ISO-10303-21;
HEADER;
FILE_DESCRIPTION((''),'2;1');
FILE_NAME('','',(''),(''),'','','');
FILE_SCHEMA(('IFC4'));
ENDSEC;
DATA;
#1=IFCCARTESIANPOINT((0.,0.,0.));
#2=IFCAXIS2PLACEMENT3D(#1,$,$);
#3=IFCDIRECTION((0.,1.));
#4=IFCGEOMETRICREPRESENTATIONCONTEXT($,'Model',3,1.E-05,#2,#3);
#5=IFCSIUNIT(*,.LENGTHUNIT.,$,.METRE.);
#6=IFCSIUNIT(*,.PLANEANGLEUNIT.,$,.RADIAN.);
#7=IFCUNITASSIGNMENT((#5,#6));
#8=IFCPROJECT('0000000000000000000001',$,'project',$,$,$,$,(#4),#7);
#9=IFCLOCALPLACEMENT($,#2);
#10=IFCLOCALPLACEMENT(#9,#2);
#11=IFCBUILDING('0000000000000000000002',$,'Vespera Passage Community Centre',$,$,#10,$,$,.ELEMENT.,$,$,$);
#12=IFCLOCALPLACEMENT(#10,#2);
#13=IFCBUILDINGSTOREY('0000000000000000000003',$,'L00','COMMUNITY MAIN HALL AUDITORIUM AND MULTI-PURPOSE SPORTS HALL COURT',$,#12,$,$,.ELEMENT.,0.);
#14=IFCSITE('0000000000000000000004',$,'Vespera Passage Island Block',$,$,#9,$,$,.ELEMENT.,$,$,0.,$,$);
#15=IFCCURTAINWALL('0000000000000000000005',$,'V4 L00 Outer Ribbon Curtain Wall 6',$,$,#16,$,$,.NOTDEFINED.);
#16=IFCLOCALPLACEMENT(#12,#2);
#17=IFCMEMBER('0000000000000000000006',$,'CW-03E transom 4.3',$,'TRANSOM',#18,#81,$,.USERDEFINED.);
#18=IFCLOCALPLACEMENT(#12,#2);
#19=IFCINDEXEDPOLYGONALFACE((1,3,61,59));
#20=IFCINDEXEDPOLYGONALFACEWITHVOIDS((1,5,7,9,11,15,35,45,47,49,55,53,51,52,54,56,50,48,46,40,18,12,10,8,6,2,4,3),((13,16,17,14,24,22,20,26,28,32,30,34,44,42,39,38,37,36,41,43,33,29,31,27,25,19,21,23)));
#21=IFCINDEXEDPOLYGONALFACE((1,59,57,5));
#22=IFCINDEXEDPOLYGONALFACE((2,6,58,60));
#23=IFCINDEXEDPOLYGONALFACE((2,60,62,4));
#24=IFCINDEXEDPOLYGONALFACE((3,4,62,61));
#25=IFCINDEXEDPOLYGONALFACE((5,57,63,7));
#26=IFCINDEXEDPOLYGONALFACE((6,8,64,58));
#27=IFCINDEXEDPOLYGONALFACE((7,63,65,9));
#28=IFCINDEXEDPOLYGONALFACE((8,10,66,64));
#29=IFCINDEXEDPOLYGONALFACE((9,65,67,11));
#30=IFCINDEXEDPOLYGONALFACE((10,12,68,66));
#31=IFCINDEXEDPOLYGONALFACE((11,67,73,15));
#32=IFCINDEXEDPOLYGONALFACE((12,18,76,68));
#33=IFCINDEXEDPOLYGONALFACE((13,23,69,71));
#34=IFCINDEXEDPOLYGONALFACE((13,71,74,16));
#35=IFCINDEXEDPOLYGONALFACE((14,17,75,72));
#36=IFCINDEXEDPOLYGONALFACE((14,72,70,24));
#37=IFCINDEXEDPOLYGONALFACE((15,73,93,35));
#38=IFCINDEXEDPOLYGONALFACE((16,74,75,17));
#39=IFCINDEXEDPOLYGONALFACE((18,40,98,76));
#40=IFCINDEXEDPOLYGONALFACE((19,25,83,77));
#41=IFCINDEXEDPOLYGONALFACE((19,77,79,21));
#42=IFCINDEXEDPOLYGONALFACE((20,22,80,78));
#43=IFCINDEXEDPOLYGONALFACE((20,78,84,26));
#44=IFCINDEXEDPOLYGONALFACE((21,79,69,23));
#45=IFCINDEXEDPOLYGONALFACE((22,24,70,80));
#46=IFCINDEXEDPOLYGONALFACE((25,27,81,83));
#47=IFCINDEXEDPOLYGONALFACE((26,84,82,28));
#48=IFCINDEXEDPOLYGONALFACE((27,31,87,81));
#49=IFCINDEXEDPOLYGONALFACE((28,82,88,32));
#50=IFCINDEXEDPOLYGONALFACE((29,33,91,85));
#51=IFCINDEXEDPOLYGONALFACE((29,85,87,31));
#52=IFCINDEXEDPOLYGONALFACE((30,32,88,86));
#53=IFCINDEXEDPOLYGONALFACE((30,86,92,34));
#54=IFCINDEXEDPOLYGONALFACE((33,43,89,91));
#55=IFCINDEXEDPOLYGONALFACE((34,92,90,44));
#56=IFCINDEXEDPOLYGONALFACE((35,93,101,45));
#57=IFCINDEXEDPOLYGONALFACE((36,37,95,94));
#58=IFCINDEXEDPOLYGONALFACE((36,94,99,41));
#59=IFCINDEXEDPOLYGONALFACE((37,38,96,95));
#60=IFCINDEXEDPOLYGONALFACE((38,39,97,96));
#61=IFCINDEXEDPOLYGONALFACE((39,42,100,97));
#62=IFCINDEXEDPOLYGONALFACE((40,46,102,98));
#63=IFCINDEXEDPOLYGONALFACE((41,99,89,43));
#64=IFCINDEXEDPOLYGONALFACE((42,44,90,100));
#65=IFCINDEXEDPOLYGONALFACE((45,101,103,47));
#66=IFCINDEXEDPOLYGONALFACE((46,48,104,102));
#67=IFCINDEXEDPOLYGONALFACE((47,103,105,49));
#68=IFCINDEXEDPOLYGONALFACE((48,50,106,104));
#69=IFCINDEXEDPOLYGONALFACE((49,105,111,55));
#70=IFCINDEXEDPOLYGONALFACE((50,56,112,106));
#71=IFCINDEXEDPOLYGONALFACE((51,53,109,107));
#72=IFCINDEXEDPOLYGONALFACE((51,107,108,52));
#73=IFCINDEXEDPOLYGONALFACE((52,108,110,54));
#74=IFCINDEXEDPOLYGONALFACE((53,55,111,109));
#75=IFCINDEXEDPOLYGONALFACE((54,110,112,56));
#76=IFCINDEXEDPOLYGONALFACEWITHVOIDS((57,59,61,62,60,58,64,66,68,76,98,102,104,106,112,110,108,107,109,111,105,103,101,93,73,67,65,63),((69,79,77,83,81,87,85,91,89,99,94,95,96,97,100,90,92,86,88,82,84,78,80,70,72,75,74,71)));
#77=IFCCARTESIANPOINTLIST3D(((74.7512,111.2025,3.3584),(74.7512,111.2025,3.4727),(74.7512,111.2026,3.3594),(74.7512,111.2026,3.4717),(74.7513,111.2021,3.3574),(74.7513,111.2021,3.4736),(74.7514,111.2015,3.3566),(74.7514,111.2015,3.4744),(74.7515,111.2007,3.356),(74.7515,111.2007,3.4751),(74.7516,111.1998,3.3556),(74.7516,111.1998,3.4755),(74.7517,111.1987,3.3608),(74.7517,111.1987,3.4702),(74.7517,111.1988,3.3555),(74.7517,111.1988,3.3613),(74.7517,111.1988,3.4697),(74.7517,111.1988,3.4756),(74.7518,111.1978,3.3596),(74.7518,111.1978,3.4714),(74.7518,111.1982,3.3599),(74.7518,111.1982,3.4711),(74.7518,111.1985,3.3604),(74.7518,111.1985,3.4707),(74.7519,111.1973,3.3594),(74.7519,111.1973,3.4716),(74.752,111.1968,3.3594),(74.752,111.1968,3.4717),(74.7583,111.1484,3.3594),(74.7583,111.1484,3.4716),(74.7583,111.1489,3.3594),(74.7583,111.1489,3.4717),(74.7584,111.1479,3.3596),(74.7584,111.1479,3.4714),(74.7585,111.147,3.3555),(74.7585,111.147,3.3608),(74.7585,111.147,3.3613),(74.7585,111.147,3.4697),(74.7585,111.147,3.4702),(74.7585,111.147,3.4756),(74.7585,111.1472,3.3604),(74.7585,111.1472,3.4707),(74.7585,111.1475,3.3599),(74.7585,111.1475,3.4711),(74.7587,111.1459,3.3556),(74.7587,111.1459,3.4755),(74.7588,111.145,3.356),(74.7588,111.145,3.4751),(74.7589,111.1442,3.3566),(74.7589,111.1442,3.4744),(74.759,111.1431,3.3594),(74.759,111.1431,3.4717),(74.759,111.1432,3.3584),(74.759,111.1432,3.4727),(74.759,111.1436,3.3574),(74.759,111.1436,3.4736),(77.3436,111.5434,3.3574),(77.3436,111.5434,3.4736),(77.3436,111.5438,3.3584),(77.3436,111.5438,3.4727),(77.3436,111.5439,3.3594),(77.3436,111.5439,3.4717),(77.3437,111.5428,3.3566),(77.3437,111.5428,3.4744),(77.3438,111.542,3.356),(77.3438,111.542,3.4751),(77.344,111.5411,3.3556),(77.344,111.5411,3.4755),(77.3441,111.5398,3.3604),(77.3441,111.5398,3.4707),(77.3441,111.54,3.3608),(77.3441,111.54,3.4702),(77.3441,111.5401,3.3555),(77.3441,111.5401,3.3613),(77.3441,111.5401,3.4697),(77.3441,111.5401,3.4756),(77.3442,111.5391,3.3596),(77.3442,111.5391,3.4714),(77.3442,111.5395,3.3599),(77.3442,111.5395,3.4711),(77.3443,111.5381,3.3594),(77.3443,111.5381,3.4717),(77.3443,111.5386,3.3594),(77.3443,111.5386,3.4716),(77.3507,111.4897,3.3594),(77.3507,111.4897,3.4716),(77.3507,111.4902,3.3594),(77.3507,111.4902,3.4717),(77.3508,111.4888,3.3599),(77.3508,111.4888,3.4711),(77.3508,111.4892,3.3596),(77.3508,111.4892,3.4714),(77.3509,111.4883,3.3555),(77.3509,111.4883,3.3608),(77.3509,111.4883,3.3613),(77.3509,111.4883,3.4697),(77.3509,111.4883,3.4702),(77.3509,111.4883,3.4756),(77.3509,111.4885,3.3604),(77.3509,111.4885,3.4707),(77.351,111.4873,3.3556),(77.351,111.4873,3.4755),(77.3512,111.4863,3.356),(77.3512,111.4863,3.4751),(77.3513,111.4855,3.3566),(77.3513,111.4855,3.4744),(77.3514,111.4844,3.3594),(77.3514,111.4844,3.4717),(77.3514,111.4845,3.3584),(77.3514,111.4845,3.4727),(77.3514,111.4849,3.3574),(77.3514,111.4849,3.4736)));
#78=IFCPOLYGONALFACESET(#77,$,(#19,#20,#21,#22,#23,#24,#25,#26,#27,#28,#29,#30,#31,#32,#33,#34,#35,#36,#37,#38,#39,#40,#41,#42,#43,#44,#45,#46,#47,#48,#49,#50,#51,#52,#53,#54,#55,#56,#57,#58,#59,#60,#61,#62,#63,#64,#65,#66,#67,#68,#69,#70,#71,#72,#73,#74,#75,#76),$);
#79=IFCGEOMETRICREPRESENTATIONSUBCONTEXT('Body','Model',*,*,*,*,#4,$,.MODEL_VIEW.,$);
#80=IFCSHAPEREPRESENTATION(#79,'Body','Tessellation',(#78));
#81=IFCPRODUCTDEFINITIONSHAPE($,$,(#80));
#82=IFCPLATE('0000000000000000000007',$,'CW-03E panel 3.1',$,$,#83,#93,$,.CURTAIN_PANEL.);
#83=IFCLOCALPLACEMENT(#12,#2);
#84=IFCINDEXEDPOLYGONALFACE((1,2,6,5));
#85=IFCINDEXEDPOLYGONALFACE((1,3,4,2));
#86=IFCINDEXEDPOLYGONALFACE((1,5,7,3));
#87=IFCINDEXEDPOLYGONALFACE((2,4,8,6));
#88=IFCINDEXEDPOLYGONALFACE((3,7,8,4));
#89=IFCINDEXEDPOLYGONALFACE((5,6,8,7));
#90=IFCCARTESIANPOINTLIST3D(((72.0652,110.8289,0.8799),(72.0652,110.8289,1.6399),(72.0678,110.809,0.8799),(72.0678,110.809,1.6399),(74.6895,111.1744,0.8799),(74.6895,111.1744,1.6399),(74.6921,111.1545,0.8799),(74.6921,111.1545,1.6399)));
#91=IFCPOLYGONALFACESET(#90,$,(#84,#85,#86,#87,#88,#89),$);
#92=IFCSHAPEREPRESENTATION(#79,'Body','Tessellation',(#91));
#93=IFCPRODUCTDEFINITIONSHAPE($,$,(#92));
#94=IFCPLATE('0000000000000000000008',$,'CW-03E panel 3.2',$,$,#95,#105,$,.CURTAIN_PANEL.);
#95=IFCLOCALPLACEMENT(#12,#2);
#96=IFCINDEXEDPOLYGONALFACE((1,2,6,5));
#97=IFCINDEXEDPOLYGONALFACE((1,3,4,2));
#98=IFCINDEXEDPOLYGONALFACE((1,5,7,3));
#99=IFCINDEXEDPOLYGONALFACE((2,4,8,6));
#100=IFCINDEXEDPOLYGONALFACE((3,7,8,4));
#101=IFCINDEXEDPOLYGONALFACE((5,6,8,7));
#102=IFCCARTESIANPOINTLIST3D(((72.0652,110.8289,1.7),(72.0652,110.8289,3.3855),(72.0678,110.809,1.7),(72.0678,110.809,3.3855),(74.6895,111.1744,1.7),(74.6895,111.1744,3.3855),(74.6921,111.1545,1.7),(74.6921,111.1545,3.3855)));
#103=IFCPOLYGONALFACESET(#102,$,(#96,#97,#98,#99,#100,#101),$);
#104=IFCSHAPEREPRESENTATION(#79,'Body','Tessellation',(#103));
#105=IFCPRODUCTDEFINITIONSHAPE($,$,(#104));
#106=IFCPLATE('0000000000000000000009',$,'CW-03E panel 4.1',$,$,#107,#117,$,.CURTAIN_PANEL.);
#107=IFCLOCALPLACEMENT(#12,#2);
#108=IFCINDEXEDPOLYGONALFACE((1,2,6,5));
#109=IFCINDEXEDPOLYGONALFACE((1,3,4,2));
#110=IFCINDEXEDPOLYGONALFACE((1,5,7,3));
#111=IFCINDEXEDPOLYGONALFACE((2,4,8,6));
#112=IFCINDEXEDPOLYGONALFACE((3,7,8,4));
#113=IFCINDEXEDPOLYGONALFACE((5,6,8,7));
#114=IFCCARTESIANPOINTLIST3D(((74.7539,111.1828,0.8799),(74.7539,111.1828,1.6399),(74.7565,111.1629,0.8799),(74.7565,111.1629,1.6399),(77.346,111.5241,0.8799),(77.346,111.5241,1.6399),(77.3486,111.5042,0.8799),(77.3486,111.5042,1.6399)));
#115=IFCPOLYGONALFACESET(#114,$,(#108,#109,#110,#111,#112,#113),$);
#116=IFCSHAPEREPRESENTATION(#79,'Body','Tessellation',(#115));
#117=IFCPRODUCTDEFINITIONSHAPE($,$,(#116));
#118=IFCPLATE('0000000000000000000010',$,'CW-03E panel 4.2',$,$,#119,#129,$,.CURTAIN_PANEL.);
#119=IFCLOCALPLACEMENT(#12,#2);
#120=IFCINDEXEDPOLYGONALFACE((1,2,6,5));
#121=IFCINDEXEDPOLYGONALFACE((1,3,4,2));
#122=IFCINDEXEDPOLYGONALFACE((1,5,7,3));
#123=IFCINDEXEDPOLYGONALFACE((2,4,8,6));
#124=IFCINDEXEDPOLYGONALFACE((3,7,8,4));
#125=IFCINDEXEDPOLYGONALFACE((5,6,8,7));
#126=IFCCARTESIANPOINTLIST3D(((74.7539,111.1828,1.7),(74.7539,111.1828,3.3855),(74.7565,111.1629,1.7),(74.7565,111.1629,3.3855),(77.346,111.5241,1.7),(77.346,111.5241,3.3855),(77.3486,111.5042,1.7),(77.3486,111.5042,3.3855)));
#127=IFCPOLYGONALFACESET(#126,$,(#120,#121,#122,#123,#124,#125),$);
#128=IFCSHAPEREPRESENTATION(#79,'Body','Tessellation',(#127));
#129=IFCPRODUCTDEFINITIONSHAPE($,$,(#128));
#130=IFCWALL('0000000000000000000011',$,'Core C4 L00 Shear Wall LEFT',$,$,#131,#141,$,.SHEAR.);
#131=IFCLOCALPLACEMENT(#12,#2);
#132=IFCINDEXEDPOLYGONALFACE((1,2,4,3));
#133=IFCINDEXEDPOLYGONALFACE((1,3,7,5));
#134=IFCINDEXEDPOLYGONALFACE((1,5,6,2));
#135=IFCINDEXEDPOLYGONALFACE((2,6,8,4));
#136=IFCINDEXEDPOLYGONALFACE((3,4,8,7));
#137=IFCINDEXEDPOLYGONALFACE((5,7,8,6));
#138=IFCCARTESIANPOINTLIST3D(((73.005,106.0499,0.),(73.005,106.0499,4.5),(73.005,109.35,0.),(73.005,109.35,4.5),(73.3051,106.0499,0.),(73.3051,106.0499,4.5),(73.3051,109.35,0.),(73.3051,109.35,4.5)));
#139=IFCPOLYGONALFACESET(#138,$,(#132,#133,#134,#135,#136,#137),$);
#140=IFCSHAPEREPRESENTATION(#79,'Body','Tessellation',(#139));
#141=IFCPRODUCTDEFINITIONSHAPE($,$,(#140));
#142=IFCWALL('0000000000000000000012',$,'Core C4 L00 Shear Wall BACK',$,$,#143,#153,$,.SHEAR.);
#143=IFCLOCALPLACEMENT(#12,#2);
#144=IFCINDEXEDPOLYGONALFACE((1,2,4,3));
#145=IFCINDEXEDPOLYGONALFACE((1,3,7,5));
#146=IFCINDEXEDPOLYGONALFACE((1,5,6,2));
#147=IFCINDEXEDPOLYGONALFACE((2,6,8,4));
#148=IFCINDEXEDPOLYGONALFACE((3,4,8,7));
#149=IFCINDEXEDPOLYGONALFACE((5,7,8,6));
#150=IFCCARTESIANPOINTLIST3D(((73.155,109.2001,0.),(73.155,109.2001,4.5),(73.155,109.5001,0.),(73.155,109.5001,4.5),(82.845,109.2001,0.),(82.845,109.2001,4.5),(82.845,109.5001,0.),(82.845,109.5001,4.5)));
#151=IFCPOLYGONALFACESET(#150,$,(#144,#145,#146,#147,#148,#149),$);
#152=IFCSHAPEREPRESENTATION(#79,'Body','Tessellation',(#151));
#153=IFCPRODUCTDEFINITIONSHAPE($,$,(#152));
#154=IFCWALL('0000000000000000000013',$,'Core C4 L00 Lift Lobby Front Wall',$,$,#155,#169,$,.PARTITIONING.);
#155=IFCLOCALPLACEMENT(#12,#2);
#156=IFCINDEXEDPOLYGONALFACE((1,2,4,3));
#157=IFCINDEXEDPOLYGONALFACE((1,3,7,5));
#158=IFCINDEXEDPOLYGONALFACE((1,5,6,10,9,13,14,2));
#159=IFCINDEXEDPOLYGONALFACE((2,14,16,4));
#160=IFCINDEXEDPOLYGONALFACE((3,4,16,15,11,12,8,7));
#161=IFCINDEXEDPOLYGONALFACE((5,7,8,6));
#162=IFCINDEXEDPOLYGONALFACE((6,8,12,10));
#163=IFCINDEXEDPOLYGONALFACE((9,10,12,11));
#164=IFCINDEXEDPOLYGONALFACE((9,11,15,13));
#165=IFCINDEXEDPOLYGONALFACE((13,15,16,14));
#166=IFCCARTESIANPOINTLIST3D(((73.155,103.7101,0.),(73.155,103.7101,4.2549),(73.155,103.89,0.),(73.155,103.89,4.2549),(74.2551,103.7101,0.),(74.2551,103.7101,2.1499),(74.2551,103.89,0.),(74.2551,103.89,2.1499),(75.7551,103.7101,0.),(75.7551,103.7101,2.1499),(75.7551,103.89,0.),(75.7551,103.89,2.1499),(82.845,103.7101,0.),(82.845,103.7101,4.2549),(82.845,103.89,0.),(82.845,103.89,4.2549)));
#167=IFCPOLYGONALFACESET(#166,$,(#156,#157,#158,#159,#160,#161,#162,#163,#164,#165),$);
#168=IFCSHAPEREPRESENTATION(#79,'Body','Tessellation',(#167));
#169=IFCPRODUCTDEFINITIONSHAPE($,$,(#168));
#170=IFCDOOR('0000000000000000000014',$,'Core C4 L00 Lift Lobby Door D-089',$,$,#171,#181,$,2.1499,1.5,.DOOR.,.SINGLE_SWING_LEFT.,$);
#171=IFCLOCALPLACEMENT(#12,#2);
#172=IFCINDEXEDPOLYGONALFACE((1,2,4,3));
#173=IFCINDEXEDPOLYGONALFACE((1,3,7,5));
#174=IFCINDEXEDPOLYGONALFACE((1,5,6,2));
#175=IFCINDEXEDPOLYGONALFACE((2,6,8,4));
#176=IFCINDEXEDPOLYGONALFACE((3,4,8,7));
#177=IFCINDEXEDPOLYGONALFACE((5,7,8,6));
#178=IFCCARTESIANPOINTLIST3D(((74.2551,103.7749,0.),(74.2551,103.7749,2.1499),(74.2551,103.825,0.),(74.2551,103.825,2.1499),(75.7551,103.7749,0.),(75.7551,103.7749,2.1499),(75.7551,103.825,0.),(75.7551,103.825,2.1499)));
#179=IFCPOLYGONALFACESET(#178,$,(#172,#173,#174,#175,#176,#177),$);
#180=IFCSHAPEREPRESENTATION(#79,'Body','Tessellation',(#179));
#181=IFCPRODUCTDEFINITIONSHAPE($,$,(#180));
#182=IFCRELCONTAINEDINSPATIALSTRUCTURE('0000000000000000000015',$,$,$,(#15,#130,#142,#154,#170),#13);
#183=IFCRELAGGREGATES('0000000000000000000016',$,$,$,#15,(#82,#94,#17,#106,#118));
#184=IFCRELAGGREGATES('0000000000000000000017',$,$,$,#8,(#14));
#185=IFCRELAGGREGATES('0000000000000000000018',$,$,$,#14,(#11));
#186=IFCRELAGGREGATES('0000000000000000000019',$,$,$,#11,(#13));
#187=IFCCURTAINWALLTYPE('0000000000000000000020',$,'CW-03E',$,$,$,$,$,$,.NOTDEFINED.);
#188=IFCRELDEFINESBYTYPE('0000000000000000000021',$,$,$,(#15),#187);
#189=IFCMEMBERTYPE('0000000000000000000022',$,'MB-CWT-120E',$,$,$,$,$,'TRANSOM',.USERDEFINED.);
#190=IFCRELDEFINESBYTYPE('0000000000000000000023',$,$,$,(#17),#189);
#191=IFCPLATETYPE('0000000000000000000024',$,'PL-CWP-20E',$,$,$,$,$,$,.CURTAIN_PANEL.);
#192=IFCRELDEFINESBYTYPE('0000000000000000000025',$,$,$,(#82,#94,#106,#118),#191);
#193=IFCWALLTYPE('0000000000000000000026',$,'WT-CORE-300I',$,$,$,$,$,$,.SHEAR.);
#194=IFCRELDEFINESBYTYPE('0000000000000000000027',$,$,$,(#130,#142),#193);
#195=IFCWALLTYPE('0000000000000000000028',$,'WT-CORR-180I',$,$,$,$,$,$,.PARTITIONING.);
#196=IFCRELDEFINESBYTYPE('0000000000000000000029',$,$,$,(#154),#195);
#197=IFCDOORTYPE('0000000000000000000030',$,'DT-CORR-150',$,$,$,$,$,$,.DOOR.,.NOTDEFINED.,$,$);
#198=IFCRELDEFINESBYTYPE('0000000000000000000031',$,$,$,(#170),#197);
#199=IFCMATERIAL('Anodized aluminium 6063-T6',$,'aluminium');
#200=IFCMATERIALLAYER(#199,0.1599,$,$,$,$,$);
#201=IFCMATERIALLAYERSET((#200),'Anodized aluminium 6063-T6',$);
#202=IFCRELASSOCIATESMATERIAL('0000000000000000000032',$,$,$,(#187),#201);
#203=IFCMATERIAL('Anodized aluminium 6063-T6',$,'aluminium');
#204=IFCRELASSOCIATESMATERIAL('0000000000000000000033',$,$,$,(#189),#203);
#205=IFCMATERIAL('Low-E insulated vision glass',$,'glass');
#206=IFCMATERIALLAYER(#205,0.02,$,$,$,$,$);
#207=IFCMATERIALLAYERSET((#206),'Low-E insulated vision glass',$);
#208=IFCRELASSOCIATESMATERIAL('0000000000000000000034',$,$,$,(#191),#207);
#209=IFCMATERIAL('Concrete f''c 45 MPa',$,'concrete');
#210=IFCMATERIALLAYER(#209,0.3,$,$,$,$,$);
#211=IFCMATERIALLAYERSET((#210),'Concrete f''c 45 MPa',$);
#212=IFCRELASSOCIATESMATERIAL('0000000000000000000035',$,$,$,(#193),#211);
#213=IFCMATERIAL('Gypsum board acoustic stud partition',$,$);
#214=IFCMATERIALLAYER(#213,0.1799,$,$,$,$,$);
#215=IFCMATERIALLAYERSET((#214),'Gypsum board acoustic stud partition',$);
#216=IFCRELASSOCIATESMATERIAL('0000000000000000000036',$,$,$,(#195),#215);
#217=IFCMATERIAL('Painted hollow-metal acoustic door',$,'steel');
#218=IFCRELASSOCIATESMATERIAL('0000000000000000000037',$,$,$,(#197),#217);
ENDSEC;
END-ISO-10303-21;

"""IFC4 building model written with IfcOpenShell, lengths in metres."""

from ifc_helpers import new_model, si_unit, direction, frame, frame_2d, origin, origin_2d, place, context, subcontext, project, spatial, rectangle, hollow_rectangle, extrude, material, layer, layer_set, material_profile, profile_set, type_object, element, fill, aggregate, save


model = new_model("IFC4")

# Units and contexts
model_context = context("Model", 3, precision=1e-05, world=origin(), true_north=direction((0.0, 1.0)))
body_context = subcontext(model_context, "Body", "Model", "MODEL_VIEW")
ifc_project = project(units=[si_unit("LENGTHUNIT", "METRE"), si_unit("PLANEANGLEUNIT", "RADIAN")], contexts=[model_context])

# Site, building, storey
site_placement = place(None, origin())
site = spatial("IfcSite", under=ifc_project, at=site_placement, Name="Vespera Passage Island Block", CompositionType="ELEMENT", RefElevation=0.0)
building_placement = place(site_placement, origin())
building = spatial("IfcBuilding", under=site, at=building_placement, Name="Vespera Passage Community Centre", CompositionType="ELEMENT")
storey_placement = place(building_placement, origin())
storey = spatial("IfcBuildingStorey", under=building, at=storey_placement, Name="L00", Description="COMMUNITY MAIN HALL AUDITORIUM AND MULTI-PURPOSE SPORTS HALL COURT", CompositionType="ELEMENT", Elevation=0.0)

# Curtain wall, member, plates
ifc_material_1 = material(Name="Anodized aluminium 6063-T6", Category="aluminium")
ifc_layer_1 = layer(ifc_material_1, 0.1599)
ifc_layer_set_1 = layer_set([ifc_layer_1], Name="Anodized aluminium 6063-T6")
curtain_wall_type = type_object("IfcCurtainWallType", Name="CW-03E", PredefinedType="NOTDEFINED", material=ifc_layer_set_1)
curtain_wall_placement = place(storey_placement, origin())
curtain_wall = element("IfcCurtainWall", 1, at=curtain_wall_placement, inside=storey, type_object=curtain_wall_type, Name="V4 L00 Outer Ribbon Curtain Wall 6", PredefinedType="NOTDEFINED")
ifc_material_2 = material(Name="Anodized aluminium 6063-T6", Category="aluminium")
ifc_material_profile_1 = material_profile(ifc_material_2, hollow_rectangle(XDim=0.0601, YDim=0.1201, WallThickness=0.0039, InnerFilletRadius=0.002, OuterFilletRadius=0.0039, at=origin_2d()), Name="ALU120X60X4")
ifc_profile_set_1 = profile_set([ifc_material_profile_1], Name="Anodized aluminium 6063-T6")
member_type_1 = type_object("IfcMemberType", Name="MB-CWT-120E", ElementType="TRANSOM", PredefinedType="USERDEFINED", material=ifc_profile_set_1)
member_1_placement = place(storey_placement, frame((74.7551, 111.1729, 3.4155), z_axis=(0.991443, 0.130537, 0.0), x_axis=(-0.130537, 0.991443, 0.0)))
member_1 = element("IfcMember", 2, at=member_1_placement, type_object=member_type_1, Name="CW-03E transom 4.3", ObjectType="TRANSOM", PredefinedType="USERDEFINED", context=body_context, shape_type="SweptSolid", body=[
    extrude(hollow_rectangle(XDim=0.0601, YDim=0.1201, WallThickness=0.0039, InnerFilletRadius=0.002, OuterFilletRadius=0.0039, at=origin_2d()), origin(), (0.0, 0.0, 1.0), 2.6147),
])
ifc_material_3 = material(Name="Low-E insulated vision glass", Category="glass")
ifc_layer_2 = layer(ifc_material_3, 0.02)
ifc_layer_set_2 = layer_set([ifc_layer_2], Name="Low-E insulated vision glass")
plate_type = type_object("IfcPlateType", Name="PL-CWP-20E", PredefinedType="CURTAIN_PANEL", material=ifc_layer_set_2)
plate_1_placement = place(storey_placement, frame((73.3787, 110.9917, 0.8799), z_axis=(0.0, 0.0, 1.0), x_axis=(0.991444, 0.130531, 0.0)))
plate_1 = element("IfcPlate", 3, at=plate_1_placement, type_object=plate_type, Name="CW-03E panel 3.1", PredefinedType="CURTAIN_PANEL", context=body_context, shape_type="SweptSolid", body=[
    extrude(rectangle(XDim=2.647, YDim=0.02, at=origin_2d()), origin(), (0.0, 0.0, 1.0), 0.76),
])
plate_2_placement = place(storey_placement, frame((73.3787, 110.9917, 1.7), z_axis=(0.0, 0.0, 1.0), x_axis=(0.991444, 0.130531, 0.0)))
plate_2 = element("IfcPlate", 4, at=plate_2_placement, type_object=plate_type, Name="CW-03E panel 3.2", PredefinedType="CURTAIN_PANEL", context=body_context, shape_type="SweptSolid", body=[
    extrude(rectangle(XDim=2.647, YDim=0.02, at=origin_2d()), origin(), (0.0, 0.0, 1.0), 1.6855),
])
plate_3_placement = place(storey_placement, frame((76.0513, 111.3435, 0.8799), z_axis=(0.0, 0.0, 1.0), x_axis=(0.991444, 0.130531, 0.0)))
plate_3 = element("IfcPlate", 5, at=plate_3_placement, type_object=plate_type, Name="CW-03E panel 4.1", PredefinedType="CURTAIN_PANEL", context=body_context, shape_type="SweptSolid", body=[
    extrude(rectangle(XDim=2.6145, YDim=0.02, at=origin_2d()), origin(), (0.0, 0.0, 1.0), 0.76),
])
plate_4_placement = place(storey_placement, frame((76.0513, 111.3435, 1.7), z_axis=(0.0, 0.0, 1.0), x_axis=(0.991444, 0.130531, 0.0)))
plate_4 = element("IfcPlate", 6, at=plate_4_placement, type_object=plate_type, Name="CW-03E panel 4.2", PredefinedType="CURTAIN_PANEL", context=body_context, shape_type="SweptSolid", body=[
    extrude(rectangle(XDim=2.6145, YDim=0.02, at=origin_2d()), origin(), (0.0, 0.0, 1.0), 1.6855),
])
aggregate(curtain_wall, [plate_1, plate_2, member_1, plate_3, plate_4])

# Walls
ifc_material_4 = material(Name="Concrete f'c 45 MPa", Category="concrete")
ifc_layer_3 = layer(ifc_material_4, 0.3)
ifc_layer_set_3 = layer_set([ifc_layer_3], Name="Concrete f'c 45 MPa")
wall_type_1 = type_object("IfcWallType", Name="WT-CORE-300I", PredefinedType="SHEAR", material=ifc_layer_set_3)
wall_1_placement = place(storey_placement, frame((73.155, 106.05, 0.0), z_axis=(0.0, 0.0, 1.0), x_axis=(0.0, 1.0, 0.0)))
element("IfcWall", 7, at=wall_1_placement, inside=storey, type_object=wall_type_1, Name="Core C4 L00 Shear Wall LEFT", PredefinedType="SHEAR", context=body_context, shape_type="SweptSolid", body=[
    extrude(rectangle(XDim=3.3, YDim=0.3, at=frame_2d((1.6499, 0.0))), origin(), (0.0, 0.0, 1.0), 4.5),
])
wall_2_placement = place(storey_placement, frame((73.155, 109.3501, 0.0), z_axis=(0.0, 0.0, 1.0), x_axis=(1.0, 0.0, 0.0)))
element("IfcWall", 8, at=wall_2_placement, inside=storey, type_object=wall_type_1, Name="Core C4 L00 Shear Wall BACK", PredefinedType="SHEAR", context=body_context, shape_type="SweptSolid", body=[
    extrude(rectangle(XDim=9.6899, YDim=0.3, at=frame_2d((4.845, 0.0))), origin(), (0.0, 0.0, 1.0), 4.5),
])

# Wall, opening, door
ifc_material_5 = material(Name="Gypsum board acoustic stud partition")
ifc_layer_4 = layer(ifc_material_5, 0.1799)
ifc_layer_set_4 = layer_set([ifc_layer_4], Name="Gypsum board acoustic stud partition")
wall_type_2 = type_object("IfcWallType", Name="WT-CORR-180I", PredefinedType="PARTITIONING", material=ifc_layer_set_4)
wall_3_placement = place(storey_placement, frame((73.155, 103.8, 0.0), z_axis=(0.0, 0.0, 1.0), x_axis=(1.0, 0.0, 0.0)))
wall_3 = element("IfcWall", 9, at=wall_3_placement, inside=storey, type_object=wall_type_2, Name="Core C4 L00 Lift Lobby Front Wall", PredefinedType="PARTITIONING", context=body_context, shape_type="SweptSolid", body=[
    extrude(rectangle(XDim=9.6899, YDim=0.1799, at=frame_2d((4.845, 0.0))), origin(), (0.0, 0.0, 1.0), 4.2549),
])
opening_1_placement = place(wall_3_placement, frame((1.1001, 0.0, 0.0)))
opening_1 = element("IfcOpeningElement", 10, at=opening_1_placement, cuts=wall_3, PredefinedType="OPENING", context=body_context, shape_type="SweptSolid", body=[
    extrude(rectangle(XDim=1.5, YDim=2.1499, at=frame_2d((0.75, 1.075))), frame((0.0, 0.0999, 0.0), z_axis=(0.0, -1.0, 0.0), x_axis=(1.0, 0.0, 0.0)), (0.0, 0.0, 1.0), 0.2),
])
ifc_material_6 = material(Name="Painted hollow-metal acoustic door", Category="steel")
door_type_1 = type_object("IfcDoorType", Name="DT-CORR-150", OperationType="NOTDEFINED", PredefinedType="DOOR", material=ifc_material_6)
door_1_placement = place(opening_1_placement, origin())
door_1 = element("IfcDoor", 11, at=door_1_placement, inside=storey, type_object=door_type_1, Name="Core C4 L00 Lift Lobby Door D-089", OperationType="SINGLE_SWING_LEFT", OverallHeight=2.1499, OverallWidth=1.5, PredefinedType="DOOR", context=body_context, shape_type="SweptSolid", body=[
    extrude(rectangle(XDim=1.5, YDim=2.1499, at=frame_2d((0.75, 1.075))), frame((0.0, 0.0249, 0.0), z_axis=(0.0, -1.0, 0.0), x_axis=(1.0, 0.0, 0.0)), (0.0, 0.0, 1.0), 0.05),
])
fill(opening_1, door_1)

save(model, "model.ifc")
